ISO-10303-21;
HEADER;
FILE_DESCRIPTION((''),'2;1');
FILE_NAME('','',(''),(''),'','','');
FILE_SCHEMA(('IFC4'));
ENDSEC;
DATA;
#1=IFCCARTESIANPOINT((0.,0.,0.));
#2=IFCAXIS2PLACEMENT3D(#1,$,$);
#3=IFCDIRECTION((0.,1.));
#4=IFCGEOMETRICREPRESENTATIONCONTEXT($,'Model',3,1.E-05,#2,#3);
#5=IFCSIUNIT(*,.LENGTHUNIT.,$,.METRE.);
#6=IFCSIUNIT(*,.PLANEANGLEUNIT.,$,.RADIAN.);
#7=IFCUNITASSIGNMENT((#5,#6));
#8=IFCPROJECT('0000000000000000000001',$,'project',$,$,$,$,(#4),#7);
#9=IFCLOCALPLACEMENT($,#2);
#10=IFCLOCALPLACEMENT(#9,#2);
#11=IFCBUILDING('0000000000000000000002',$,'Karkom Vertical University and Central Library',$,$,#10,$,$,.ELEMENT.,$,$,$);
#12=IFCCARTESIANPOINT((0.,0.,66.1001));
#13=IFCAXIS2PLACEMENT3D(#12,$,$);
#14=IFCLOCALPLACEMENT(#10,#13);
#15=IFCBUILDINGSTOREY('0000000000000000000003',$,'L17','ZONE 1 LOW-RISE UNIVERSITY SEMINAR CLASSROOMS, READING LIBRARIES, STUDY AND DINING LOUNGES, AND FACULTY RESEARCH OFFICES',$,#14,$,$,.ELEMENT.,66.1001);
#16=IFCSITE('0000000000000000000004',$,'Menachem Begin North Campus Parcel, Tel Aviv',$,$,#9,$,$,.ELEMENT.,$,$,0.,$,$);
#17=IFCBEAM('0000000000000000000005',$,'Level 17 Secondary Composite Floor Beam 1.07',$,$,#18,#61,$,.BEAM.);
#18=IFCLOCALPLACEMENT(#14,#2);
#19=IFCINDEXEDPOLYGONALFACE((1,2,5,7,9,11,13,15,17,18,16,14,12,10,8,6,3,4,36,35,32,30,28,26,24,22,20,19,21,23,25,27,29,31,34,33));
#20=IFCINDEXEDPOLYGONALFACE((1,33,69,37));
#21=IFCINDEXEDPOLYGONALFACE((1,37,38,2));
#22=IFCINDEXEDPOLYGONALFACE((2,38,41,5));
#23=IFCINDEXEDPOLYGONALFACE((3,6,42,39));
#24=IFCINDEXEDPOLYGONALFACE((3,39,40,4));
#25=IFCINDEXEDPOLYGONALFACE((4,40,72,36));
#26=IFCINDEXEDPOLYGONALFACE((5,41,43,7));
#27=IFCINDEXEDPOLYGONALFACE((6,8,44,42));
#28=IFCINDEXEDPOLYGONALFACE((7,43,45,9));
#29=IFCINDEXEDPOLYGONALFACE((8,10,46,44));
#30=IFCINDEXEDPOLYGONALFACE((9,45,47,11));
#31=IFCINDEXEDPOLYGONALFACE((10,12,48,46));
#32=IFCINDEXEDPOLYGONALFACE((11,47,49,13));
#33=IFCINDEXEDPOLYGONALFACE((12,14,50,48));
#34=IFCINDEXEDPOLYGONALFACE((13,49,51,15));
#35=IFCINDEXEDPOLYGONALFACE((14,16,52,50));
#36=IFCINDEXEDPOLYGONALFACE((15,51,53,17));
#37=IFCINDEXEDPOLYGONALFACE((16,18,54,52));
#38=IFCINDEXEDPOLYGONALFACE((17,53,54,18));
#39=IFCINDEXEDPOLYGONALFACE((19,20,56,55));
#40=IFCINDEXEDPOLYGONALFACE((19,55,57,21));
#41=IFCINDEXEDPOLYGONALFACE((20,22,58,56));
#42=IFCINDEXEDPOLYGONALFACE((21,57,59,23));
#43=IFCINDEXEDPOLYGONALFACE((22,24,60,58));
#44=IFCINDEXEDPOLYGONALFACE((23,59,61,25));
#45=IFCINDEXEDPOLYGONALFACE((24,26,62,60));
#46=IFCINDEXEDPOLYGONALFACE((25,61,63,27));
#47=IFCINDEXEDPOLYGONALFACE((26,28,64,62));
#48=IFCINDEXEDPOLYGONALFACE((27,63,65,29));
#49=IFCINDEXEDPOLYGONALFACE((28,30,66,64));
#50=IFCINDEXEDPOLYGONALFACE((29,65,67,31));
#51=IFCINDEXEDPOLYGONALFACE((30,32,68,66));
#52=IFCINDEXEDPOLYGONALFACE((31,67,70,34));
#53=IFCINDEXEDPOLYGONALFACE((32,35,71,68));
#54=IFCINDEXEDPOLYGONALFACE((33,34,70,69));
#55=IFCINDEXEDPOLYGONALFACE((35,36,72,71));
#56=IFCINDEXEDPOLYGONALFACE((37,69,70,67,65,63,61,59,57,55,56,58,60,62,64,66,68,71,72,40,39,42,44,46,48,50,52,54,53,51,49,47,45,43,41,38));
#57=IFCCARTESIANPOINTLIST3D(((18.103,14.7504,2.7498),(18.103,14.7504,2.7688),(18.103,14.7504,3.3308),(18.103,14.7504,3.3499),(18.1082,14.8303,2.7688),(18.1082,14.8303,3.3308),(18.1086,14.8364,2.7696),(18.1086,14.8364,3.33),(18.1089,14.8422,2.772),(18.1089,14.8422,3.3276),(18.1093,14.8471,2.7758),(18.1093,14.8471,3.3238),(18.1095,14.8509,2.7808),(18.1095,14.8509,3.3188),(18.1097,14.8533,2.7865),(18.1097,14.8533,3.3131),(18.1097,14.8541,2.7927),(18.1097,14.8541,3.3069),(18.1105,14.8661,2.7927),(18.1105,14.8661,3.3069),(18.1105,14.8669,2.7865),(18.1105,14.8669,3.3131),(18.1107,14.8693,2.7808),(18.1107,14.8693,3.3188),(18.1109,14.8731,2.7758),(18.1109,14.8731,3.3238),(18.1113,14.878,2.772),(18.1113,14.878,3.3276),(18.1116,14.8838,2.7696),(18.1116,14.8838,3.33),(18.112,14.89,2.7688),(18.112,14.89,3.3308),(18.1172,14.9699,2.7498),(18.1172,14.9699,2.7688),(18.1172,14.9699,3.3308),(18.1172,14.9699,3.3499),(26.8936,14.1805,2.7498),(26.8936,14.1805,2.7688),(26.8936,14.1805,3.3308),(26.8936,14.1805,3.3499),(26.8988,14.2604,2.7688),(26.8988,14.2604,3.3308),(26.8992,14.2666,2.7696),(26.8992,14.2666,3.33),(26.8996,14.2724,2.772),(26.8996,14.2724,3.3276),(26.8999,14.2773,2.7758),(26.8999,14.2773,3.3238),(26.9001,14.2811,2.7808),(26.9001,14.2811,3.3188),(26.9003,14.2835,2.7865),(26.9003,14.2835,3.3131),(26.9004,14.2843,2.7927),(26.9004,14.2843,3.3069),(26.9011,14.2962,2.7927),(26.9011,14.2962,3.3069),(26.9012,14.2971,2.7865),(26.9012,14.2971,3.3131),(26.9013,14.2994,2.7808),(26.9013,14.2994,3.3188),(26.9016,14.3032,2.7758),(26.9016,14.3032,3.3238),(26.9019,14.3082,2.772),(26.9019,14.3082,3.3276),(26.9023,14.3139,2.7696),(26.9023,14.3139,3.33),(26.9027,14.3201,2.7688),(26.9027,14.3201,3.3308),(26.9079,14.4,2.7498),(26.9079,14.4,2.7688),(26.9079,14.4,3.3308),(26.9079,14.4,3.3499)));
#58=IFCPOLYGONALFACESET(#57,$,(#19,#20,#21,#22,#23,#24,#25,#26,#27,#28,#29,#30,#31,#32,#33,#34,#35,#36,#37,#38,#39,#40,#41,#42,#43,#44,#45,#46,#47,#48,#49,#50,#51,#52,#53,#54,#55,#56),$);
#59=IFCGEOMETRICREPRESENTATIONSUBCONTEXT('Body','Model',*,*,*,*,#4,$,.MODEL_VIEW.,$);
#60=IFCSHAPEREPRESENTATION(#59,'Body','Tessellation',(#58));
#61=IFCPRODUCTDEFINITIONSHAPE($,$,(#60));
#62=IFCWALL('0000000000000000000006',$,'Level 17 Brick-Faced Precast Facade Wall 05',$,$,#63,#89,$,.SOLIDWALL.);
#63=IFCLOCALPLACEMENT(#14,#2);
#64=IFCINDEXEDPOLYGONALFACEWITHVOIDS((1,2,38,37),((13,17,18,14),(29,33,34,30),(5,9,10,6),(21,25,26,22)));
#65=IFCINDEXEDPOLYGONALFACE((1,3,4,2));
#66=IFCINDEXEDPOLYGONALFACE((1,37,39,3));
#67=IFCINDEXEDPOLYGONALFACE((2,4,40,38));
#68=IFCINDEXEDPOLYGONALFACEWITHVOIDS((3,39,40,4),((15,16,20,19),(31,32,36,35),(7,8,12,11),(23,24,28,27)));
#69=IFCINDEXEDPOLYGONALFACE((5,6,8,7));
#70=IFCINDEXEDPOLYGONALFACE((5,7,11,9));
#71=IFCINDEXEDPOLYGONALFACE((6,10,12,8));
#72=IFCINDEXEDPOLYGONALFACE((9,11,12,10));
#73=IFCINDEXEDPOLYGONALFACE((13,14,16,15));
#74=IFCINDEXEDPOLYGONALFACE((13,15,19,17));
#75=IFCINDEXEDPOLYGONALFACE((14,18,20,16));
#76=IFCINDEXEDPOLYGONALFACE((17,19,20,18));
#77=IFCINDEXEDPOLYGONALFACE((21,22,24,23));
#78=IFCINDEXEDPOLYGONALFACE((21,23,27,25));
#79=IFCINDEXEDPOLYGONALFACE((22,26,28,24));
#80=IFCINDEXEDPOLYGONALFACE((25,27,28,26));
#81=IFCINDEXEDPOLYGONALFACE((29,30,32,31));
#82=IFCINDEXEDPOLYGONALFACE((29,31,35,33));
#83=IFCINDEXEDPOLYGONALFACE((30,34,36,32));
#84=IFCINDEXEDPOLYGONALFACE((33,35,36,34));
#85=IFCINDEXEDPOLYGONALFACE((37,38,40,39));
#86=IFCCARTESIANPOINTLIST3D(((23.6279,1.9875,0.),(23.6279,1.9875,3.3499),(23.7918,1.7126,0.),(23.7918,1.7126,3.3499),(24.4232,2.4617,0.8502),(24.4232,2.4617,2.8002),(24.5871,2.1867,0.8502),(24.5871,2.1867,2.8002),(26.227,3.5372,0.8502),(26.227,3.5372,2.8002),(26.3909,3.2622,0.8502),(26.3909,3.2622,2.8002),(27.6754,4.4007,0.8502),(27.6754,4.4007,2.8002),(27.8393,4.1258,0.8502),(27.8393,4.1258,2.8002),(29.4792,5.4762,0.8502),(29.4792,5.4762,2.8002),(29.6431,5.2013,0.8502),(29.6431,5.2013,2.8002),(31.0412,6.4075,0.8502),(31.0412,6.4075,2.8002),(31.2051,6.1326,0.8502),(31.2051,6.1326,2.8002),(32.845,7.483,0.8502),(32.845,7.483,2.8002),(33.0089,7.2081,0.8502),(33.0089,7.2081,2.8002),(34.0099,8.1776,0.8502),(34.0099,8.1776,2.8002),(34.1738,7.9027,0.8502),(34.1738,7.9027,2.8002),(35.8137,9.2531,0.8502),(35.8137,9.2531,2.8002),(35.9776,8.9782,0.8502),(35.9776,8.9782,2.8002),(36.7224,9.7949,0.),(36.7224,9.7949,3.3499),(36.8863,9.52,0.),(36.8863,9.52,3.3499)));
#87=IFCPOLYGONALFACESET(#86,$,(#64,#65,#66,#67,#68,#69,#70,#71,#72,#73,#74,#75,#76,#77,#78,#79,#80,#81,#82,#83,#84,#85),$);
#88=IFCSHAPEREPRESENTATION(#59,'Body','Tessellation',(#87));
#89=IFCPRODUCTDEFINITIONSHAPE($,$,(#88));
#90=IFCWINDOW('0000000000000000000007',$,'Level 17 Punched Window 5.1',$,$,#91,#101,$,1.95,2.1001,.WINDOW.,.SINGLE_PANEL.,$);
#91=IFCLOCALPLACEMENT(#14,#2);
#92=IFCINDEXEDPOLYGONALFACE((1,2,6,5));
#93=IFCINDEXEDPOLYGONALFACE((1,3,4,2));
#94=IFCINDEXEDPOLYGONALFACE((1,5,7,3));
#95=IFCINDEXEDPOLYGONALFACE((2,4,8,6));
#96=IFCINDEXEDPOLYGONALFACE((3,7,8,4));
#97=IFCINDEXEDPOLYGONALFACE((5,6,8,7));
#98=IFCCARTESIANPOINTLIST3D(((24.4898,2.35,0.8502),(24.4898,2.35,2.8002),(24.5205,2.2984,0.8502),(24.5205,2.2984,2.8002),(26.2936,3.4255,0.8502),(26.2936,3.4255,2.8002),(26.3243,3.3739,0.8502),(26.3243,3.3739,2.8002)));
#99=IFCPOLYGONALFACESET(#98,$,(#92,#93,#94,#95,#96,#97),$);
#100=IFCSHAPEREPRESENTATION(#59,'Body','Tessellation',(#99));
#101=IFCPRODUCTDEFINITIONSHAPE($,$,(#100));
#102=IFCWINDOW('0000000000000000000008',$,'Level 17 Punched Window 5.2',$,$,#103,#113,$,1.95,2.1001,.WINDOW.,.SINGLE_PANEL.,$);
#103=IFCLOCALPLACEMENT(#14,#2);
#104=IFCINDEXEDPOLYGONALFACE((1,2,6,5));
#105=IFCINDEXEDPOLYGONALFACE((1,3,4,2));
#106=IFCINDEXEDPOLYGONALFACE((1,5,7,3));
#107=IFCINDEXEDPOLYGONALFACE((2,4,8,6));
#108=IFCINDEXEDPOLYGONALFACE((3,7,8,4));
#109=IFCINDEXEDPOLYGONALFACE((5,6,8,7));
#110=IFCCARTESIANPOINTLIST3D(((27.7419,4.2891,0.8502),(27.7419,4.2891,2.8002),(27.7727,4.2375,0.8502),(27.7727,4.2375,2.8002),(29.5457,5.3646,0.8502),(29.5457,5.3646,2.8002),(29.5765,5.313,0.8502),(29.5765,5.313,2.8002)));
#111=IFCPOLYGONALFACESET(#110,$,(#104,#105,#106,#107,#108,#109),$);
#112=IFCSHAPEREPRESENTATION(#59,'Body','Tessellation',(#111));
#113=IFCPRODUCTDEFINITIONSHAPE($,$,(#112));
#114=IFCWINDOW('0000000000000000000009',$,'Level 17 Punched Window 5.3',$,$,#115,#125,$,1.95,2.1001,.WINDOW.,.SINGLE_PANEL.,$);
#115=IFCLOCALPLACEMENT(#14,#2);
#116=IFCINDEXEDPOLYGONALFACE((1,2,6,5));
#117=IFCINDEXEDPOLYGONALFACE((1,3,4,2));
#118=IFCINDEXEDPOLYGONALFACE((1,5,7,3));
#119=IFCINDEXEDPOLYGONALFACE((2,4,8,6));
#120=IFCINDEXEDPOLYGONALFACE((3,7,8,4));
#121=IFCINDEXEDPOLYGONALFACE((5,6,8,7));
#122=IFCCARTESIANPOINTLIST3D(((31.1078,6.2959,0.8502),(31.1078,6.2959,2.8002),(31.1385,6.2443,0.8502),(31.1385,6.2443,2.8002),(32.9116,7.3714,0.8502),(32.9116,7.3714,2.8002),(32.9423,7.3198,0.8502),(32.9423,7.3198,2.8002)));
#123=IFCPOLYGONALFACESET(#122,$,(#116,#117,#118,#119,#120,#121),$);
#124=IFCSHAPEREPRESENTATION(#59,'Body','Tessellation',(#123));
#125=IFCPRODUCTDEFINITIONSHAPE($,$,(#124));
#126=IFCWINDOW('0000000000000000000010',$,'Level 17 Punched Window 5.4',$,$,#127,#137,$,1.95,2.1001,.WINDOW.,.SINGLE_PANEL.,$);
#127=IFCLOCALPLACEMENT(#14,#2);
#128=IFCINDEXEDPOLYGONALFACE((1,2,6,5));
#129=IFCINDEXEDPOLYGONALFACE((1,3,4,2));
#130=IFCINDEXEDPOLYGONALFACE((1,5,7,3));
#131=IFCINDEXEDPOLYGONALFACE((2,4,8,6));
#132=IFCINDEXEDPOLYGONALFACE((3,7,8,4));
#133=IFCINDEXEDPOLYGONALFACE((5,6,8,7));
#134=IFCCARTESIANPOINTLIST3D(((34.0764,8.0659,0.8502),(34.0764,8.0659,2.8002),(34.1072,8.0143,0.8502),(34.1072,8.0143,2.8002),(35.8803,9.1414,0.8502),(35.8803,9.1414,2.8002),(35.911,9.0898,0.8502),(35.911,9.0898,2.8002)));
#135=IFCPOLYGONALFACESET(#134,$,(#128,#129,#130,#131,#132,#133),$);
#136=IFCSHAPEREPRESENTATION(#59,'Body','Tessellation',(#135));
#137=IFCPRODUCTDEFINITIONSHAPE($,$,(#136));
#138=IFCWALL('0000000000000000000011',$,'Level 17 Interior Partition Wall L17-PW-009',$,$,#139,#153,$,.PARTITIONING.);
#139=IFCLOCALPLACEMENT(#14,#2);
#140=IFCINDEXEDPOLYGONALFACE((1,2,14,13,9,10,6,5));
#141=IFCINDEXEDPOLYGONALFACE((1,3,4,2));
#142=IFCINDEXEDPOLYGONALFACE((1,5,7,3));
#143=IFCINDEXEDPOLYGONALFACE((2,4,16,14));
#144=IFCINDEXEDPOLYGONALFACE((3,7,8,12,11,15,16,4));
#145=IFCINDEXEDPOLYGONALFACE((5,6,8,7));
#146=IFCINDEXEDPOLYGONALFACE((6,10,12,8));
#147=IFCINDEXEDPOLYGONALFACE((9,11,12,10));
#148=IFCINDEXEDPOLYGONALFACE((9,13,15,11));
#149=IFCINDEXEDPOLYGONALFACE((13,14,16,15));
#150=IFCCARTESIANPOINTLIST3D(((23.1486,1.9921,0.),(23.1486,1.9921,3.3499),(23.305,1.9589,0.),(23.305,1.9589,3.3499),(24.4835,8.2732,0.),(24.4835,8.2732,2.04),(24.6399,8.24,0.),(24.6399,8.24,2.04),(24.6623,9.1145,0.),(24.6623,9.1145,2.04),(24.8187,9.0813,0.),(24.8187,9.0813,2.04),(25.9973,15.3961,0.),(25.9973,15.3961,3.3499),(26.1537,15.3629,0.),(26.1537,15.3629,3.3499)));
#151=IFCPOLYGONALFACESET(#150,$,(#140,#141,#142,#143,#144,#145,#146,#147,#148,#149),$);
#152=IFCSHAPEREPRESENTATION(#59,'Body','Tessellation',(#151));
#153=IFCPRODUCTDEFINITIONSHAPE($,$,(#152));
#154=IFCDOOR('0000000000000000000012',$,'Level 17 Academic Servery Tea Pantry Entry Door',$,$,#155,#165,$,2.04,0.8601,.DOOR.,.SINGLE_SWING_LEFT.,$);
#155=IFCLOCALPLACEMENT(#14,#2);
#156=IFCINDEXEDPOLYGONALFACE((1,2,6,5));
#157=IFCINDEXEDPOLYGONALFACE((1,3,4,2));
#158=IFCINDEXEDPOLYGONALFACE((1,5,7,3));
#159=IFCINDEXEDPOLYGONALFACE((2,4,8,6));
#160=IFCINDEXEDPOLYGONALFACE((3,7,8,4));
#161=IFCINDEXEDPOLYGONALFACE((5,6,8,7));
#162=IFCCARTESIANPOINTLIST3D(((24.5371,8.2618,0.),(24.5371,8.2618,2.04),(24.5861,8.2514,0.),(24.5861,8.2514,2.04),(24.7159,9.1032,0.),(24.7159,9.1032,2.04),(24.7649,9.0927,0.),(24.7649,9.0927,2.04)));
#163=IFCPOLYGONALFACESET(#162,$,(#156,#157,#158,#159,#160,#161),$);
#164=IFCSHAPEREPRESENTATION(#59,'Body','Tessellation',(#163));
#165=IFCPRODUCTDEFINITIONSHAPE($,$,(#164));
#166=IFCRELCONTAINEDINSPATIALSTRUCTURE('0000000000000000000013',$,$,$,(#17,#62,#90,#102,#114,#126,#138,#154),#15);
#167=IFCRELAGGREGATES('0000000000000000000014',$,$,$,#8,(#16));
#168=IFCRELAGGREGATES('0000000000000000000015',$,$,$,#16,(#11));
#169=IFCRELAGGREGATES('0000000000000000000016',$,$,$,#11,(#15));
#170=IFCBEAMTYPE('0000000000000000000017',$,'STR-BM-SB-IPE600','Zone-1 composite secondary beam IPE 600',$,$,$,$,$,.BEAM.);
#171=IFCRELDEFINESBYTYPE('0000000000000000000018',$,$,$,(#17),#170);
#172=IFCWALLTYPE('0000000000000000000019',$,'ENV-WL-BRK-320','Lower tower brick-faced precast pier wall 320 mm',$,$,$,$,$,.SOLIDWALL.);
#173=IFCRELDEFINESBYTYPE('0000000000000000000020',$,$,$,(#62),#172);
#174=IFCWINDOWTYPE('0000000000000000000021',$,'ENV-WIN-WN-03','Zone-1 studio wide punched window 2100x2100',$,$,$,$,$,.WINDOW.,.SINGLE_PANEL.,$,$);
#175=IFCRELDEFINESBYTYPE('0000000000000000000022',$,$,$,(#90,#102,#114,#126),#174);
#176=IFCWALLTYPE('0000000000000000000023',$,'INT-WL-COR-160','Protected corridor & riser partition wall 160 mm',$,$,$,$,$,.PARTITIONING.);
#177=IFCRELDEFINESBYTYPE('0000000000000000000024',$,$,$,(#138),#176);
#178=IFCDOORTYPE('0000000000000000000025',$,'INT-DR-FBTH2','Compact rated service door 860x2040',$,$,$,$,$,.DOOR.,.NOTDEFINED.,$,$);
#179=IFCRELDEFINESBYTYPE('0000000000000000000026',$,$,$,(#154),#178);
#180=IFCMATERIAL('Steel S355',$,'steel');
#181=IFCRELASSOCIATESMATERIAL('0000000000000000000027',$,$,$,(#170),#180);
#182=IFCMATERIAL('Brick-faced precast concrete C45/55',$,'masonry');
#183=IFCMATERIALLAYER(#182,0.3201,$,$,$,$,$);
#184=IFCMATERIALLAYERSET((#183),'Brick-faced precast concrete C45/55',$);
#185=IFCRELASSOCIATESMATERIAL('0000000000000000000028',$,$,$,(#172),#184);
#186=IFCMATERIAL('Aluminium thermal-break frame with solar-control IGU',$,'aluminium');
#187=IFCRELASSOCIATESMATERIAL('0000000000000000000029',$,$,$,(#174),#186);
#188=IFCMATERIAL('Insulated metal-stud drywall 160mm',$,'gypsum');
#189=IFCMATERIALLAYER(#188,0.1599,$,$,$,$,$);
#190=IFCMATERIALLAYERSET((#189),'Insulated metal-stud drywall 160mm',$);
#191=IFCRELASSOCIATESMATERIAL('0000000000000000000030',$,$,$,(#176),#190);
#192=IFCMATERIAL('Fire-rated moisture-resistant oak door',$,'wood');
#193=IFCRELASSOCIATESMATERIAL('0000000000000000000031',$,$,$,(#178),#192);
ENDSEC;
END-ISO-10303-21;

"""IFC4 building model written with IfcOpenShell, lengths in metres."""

from ifc_helpers import new_model, si_unit, direction, frame, frame_2d, origin, origin_with_axes, origin_2d, place, context, subcontext, project, spatial, rectangle, i_section, extrude, source, transform, mapped, material, layer, layer_set, material_profile, profile_set, type_object, element, fill, save


model = new_model("IFC4")

# Units and contexts
model_context = context("Model", 3, precision=1e-05, world=origin(), true_north=direction((0.0, 1.0)))
body_context = subcontext(model_context, "Body", "Model", "MODEL_VIEW")
ifc_project = project(units=[si_unit("LENGTHUNIT", "METRE"), si_unit("PLANEANGLEUNIT", "RADIAN")], contexts=[model_context])

# Site, building, storey
site_placement = place(None, origin())
site = spatial("IfcSite", under=ifc_project, at=site_placement, Name="Menachem Begin North Campus Parcel, Tel Aviv", CompositionType="ELEMENT", RefElevation=0.0)
building_placement = place(site_placement, origin())
building = spatial("IfcBuilding", under=site, at=building_placement, Name="Karkom Vertical University and Central Library", CompositionType="ELEMENT")
storey_placement = place(building_placement, frame((0.0, 0.0, 66.1001)))
storey = spatial("IfcBuildingStorey", under=building, at=storey_placement, Name="L17", Description="ZONE 1 LOW-RISE UNIVERSITY SEMINAR CLASSROOMS, READING LIBRARIES, STUDY AND DINING LOUNGES, AND FACULTY RESEARCH OFFICES", CompositionType="ELEMENT", Elevation=66.1001)

# Beam
ifc_material_1 = material(Name="Steel S355", Category="steel")
ifc_material_profile_1 = material_profile(ifc_material_1, i_section(OverallWidth=0.22, OverallDepth=0.6001, WebThickness=0.012, FlangeThickness=0.019, FilletRadius=0.0239, at=origin_2d()), Name="IPE 600")
ifc_profile_set_1 = profile_set([ifc_material_profile_1], Name="Steel S355")
beam_type_1 = type_object("IfcBeamType", Name="STR-BM-SB-IPE600", Description="Zone-1 composite secondary beam IPE 600", PredefinedType="BEAM", material=ifc_profile_set_1)
shared_shape_1 = source(origin_with_axes(), body_context, "Body", "SweptSolid", [
    extrude(i_section(OverallWidth=0.22, OverallDepth=0.6001, WebThickness=0.012, FlangeThickness=0.019, FilletRadius=0.0239, at=origin_2d()), origin(), (0.0, 0.0, 1.0), 8.8091),
])
beam_1_placement = place(storey_placement, frame((18.1101, 14.8601, 3.0498), z_axis=(0.997906, -0.064687, 0.0), x_axis=(0.064687, 0.997906, 0.0)))
element("IfcBeam", 1, at=beam_1_placement, inside=storey, type_object=beam_type_1, Name="Level 17 Secondary Composite Floor Beam 1.07", PredefinedType="BEAM", context=body_context, shape_type="MappedRepresentation", body=[
    mapped(shared_shape_1, transform((0.0, 0.0, 0.0), scale=1.0)),
])

# Wall, openings, windows
ifc_material_2 = material(Name="Brick-faced precast concrete C45/55", Category="masonry")
ifc_layer_1 = layer(ifc_material_2, 0.3201)
ifc_layer_set_1 = layer_set([ifc_layer_1], Name="Brick-faced precast concrete C45/55")
wall_type_1 = type_object("IfcWallType", Name="ENV-WL-BRK-320", Description="Lower tower brick-faced precast pier wall 320 mm", PredefinedType="SOLIDWALL", material=ifc_layer_set_1)
wall_1_placement = place(storey_placement, frame((23.71, 1.8501, 0.0), z_axis=(0.0, 0.0, 1.0), x_axis=(0.858917, 0.512115, 0.0)))
wall_1 = element("IfcWall", 2, at=wall_1_placement, inside=storey, type_object=wall_type_1, Name="Level 17 Brick-Faced Precast Facade Wall 05", PredefinedType="SOLIDWALL", context=body_context, shape_type="SweptSolid", body=[
    extrude(rectangle(XDim=15.2454, YDim=0.3201, at=frame_2d((7.6226, 0.0))), origin(), (0.0, 0.0, 1.0), 3.3499),
])
opening_1_placement = place(wall_1_placement, frame((0.9258, 0.0, 0.8501)))
opening_1 = element("IfcOpeningElement", 3, at=opening_1_placement, cuts=wall_1, PredefinedType="OPENING", context=body_context, shape_type="SweptSolid", body=[
    extrude(rectangle(XDim=2.1001, YDim=1.95, at=frame_2d((1.05, 0.9751))), frame((0.0, 0.1699, 0.0), z_axis=(0.0, -1.0, 0.0), x_axis=(1.0, 0.0, 0.0)), (0.0, 0.0, 1.0), 0.3401),
])
opening_2_placement = place(wall_1_placement, frame((4.7122, 0.0, 0.8501)))
opening_2 = element("IfcOpeningElement", 4, at=opening_2_placement, cuts=wall_1, PredefinedType="OPENING", context=body_context, shape_type="SweptSolid", body=[
    extrude(rectangle(XDim=2.1001, YDim=1.95, at=frame_2d((1.05, 0.9751))), frame((0.0, 0.1699, 0.0), z_axis=(0.0, -1.0, 0.0), x_axis=(1.0, 0.0, 0.0)), (0.0, 0.0, 1.0), 0.3401),
])
opening_3_placement = place(wall_1_placement, frame((8.6309, 0.0, 0.8501)))
opening_3 = element("IfcOpeningElement", 5, at=opening_3_placement, cuts=wall_1, PredefinedType="OPENING", context=body_context, shape_type="SweptSolid", body=[
    extrude(rectangle(XDim=2.1001, YDim=1.95, at=frame_2d((1.05, 0.9751))), frame((0.0, 0.1699, 0.0), z_axis=(0.0, -1.0, 0.0), x_axis=(1.0, 0.0, 0.0)), (0.0, 0.0, 1.0), 0.3401),
])
opening_4_placement = place(wall_1_placement, frame((12.0872, 0.0, 0.8501)))
opening_4 = element("IfcOpeningElement", 6, at=opening_4_placement, cuts=wall_1, PredefinedType="OPENING", context=body_context, shape_type="SweptSolid", body=[
    extrude(rectangle(XDim=2.1001, YDim=1.95, at=frame_2d((1.05, 0.9751))), frame((0.0, 0.1699, 0.0), z_axis=(0.0, -1.0, 0.0), x_axis=(1.0, 0.0, 0.0)), (0.0, 0.0, 1.0), 0.3401),
])
ifc_material_3 = material(Name="Aluminium thermal-break frame with solar-control IGU", Category="aluminium")
window_type = type_object("IfcWindowType", Name="ENV-WIN-WN-03", Description="Zone-1 studio wide punched window 2100x2100", PartitioningType="SINGLE_PANEL", PredefinedType="WINDOW", material=ifc_material_3)
shared_shape_2 = source(origin_with_axes(), body_context, "Body", "SweptSolid", [
    extrude(rectangle(XDim=2.1001, YDim=1.95, at=frame_2d((1.05, 0.9751))), frame((0.0, 0.03, 0.0), z_axis=(0.0, -1.0, 0.0), x_axis=(1.0, 0.0, 0.0)), (0.0, 0.0, 1.0), 0.0601),
])
window_1_placement = place(opening_1_placement, origin())
window_1 = element("IfcWindow", 7, at=window_1_placement, inside=storey, type_object=window_type, Name="Level 17 Punched Window 5.1", OverallHeight=1.95, OverallWidth=2.1001, PartitioningType="SINGLE_PANEL", PredefinedType="WINDOW", context=body_context, shape_type="MappedRepresentation", body=[
    mapped(shared_shape_2, transform((0.0, 0.0, 0.0), scale=1.0)),
])
fill(opening_1, window_1)
window_2_placement = place(opening_2_placement, origin())
window_2 = element("IfcWindow", 8, at=window_2_placement, inside=storey, type_object=window_type, Name="Level 17 Punched Window 5.2", OverallHeight=1.95, OverallWidth=2.1001, PartitioningType="SINGLE_PANEL", PredefinedType="WINDOW", context=body_context, shape_type="MappedRepresentation", body=[
    mapped(shared_shape_2, transform((0.0, 0.0, 0.0), scale=1.0)),
])
fill(opening_2, window_2)
window_3_placement = place(opening_3_placement, origin())
window_3 = element("IfcWindow", 9, at=window_3_placement, inside=storey, type_object=window_type, Name="Level 17 Punched Window 5.3", OverallHeight=1.95, OverallWidth=2.1001, PartitioningType="SINGLE_PANEL", PredefinedType="WINDOW", context=body_context, shape_type="MappedRepresentation", body=[
    mapped(shared_shape_2, transform((0.0, 0.0, 0.0), scale=1.0)),
])
fill(opening_3, window_3)
window_4_placement = place(opening_4_placement, origin())
window_4 = element("IfcWindow", 10, at=window_4_placement, inside=storey, type_object=window_type, Name="Level 17 Punched Window 5.4", OverallHeight=1.95, OverallWidth=2.1001, PartitioningType="SINGLE_PANEL", PredefinedType="WINDOW", context=body_context, shape_type="MappedRepresentation", body=[
    mapped(shared_shape_2, transform((0.0, 0.0, 0.0), scale=1.0)),
])
fill(opening_4, window_4)

# Wall, opening, door
ifc_material_4 = material(Name="Insulated metal-stud drywall 160mm", Category="gypsum")
ifc_layer_2 = layer(ifc_material_4, 0.1599)
ifc_layer_set_2 = layer_set([ifc_layer_2], Name="Insulated metal-stud drywall 160mm")
wall_type_2 = type_object("IfcWallType", Name="INT-WL-COR-160", Description="Protected corridor & riser partition wall 160 mm", PredefinedType="PARTITIONING", material=ifc_layer_set_2)
wall_2_placement = place(storey_placement, frame((26.0754, 15.3794, 0.0), z_axis=(0.0, 0.0, 1.0), x_axis=(-0.207878, -0.978155, 0.0)))
wall_2 = element("IfcWall", 11, at=wall_2_placement, inside=storey, type_object=wall_type_2, Name="Level 17 Interior Partition Wall L17-PW-009", PredefinedType="PARTITIONING", context=body_context, shape_type="SweptSolid", body=[
    extrude(rectangle(XDim=13.7034, YDim=0.1599, at=frame_2d((6.8516, 0.0))), origin(), (0.0, 0.0, 1.0), 3.3499),
])
opening_5_placement = place(wall_2_placement, frame((6.4216, 0.0, 0.0)))
opening_5 = element("IfcOpeningElement", 12, at=opening_5_placement, cuts=wall_2, PredefinedType="OPENING", context=body_context, shape_type="SweptSolid", body=[
    extrude(rectangle(XDim=0.8601, YDim=2.04, at=frame_2d((0.4302, 1.02))), frame((0.0, 0.0898, 0.0), z_axis=(0.0, -1.0, 0.0), x_axis=(1.0, 0.0, 0.0)), (0.0, 0.0, 1.0), 0.1799),
])
ifc_material_5 = material(Name="Fire-rated moisture-resistant oak door", Category="wood")
door_type_1 = type_object("IfcDoorType", Name="INT-DR-FBTH2", Description="Compact rated service door 860x2040", OperationType="NOTDEFINED", PredefinedType="DOOR", material=ifc_material_5)
shared_shape_3 = source(origin_with_axes(), body_context, "Body", "SweptSolid", [
    extrude(rectangle(XDim=0.8601, YDim=2.04, at=frame_2d((0.4302, 1.02))), frame((0.0, 0.0249, 0.0), z_axis=(0.0, -1.0, 0.0), x_axis=(1.0, 0.0, 0.0)), (0.0, 0.0, 1.0), 0.05),
])
door_1_placement = place(opening_5_placement, origin())
door_1 = element("IfcDoor", 13, at=door_1_placement, inside=storey, type_object=door_type_1, Name="Level 17 Academic Servery Tea Pantry Entry Door", OperationType="SINGLE_SWING_LEFT", OverallHeight=2.04, OverallWidth=0.8601, PredefinedType="DOOR", context=body_context, shape_type="MappedRepresentation", body=[
    mapped(shared_shape_3, transform((0.0, 0.0, 0.0), scale=1.0)),
])
fill(opening_5, door_1)

save(model, "model.ifc")
